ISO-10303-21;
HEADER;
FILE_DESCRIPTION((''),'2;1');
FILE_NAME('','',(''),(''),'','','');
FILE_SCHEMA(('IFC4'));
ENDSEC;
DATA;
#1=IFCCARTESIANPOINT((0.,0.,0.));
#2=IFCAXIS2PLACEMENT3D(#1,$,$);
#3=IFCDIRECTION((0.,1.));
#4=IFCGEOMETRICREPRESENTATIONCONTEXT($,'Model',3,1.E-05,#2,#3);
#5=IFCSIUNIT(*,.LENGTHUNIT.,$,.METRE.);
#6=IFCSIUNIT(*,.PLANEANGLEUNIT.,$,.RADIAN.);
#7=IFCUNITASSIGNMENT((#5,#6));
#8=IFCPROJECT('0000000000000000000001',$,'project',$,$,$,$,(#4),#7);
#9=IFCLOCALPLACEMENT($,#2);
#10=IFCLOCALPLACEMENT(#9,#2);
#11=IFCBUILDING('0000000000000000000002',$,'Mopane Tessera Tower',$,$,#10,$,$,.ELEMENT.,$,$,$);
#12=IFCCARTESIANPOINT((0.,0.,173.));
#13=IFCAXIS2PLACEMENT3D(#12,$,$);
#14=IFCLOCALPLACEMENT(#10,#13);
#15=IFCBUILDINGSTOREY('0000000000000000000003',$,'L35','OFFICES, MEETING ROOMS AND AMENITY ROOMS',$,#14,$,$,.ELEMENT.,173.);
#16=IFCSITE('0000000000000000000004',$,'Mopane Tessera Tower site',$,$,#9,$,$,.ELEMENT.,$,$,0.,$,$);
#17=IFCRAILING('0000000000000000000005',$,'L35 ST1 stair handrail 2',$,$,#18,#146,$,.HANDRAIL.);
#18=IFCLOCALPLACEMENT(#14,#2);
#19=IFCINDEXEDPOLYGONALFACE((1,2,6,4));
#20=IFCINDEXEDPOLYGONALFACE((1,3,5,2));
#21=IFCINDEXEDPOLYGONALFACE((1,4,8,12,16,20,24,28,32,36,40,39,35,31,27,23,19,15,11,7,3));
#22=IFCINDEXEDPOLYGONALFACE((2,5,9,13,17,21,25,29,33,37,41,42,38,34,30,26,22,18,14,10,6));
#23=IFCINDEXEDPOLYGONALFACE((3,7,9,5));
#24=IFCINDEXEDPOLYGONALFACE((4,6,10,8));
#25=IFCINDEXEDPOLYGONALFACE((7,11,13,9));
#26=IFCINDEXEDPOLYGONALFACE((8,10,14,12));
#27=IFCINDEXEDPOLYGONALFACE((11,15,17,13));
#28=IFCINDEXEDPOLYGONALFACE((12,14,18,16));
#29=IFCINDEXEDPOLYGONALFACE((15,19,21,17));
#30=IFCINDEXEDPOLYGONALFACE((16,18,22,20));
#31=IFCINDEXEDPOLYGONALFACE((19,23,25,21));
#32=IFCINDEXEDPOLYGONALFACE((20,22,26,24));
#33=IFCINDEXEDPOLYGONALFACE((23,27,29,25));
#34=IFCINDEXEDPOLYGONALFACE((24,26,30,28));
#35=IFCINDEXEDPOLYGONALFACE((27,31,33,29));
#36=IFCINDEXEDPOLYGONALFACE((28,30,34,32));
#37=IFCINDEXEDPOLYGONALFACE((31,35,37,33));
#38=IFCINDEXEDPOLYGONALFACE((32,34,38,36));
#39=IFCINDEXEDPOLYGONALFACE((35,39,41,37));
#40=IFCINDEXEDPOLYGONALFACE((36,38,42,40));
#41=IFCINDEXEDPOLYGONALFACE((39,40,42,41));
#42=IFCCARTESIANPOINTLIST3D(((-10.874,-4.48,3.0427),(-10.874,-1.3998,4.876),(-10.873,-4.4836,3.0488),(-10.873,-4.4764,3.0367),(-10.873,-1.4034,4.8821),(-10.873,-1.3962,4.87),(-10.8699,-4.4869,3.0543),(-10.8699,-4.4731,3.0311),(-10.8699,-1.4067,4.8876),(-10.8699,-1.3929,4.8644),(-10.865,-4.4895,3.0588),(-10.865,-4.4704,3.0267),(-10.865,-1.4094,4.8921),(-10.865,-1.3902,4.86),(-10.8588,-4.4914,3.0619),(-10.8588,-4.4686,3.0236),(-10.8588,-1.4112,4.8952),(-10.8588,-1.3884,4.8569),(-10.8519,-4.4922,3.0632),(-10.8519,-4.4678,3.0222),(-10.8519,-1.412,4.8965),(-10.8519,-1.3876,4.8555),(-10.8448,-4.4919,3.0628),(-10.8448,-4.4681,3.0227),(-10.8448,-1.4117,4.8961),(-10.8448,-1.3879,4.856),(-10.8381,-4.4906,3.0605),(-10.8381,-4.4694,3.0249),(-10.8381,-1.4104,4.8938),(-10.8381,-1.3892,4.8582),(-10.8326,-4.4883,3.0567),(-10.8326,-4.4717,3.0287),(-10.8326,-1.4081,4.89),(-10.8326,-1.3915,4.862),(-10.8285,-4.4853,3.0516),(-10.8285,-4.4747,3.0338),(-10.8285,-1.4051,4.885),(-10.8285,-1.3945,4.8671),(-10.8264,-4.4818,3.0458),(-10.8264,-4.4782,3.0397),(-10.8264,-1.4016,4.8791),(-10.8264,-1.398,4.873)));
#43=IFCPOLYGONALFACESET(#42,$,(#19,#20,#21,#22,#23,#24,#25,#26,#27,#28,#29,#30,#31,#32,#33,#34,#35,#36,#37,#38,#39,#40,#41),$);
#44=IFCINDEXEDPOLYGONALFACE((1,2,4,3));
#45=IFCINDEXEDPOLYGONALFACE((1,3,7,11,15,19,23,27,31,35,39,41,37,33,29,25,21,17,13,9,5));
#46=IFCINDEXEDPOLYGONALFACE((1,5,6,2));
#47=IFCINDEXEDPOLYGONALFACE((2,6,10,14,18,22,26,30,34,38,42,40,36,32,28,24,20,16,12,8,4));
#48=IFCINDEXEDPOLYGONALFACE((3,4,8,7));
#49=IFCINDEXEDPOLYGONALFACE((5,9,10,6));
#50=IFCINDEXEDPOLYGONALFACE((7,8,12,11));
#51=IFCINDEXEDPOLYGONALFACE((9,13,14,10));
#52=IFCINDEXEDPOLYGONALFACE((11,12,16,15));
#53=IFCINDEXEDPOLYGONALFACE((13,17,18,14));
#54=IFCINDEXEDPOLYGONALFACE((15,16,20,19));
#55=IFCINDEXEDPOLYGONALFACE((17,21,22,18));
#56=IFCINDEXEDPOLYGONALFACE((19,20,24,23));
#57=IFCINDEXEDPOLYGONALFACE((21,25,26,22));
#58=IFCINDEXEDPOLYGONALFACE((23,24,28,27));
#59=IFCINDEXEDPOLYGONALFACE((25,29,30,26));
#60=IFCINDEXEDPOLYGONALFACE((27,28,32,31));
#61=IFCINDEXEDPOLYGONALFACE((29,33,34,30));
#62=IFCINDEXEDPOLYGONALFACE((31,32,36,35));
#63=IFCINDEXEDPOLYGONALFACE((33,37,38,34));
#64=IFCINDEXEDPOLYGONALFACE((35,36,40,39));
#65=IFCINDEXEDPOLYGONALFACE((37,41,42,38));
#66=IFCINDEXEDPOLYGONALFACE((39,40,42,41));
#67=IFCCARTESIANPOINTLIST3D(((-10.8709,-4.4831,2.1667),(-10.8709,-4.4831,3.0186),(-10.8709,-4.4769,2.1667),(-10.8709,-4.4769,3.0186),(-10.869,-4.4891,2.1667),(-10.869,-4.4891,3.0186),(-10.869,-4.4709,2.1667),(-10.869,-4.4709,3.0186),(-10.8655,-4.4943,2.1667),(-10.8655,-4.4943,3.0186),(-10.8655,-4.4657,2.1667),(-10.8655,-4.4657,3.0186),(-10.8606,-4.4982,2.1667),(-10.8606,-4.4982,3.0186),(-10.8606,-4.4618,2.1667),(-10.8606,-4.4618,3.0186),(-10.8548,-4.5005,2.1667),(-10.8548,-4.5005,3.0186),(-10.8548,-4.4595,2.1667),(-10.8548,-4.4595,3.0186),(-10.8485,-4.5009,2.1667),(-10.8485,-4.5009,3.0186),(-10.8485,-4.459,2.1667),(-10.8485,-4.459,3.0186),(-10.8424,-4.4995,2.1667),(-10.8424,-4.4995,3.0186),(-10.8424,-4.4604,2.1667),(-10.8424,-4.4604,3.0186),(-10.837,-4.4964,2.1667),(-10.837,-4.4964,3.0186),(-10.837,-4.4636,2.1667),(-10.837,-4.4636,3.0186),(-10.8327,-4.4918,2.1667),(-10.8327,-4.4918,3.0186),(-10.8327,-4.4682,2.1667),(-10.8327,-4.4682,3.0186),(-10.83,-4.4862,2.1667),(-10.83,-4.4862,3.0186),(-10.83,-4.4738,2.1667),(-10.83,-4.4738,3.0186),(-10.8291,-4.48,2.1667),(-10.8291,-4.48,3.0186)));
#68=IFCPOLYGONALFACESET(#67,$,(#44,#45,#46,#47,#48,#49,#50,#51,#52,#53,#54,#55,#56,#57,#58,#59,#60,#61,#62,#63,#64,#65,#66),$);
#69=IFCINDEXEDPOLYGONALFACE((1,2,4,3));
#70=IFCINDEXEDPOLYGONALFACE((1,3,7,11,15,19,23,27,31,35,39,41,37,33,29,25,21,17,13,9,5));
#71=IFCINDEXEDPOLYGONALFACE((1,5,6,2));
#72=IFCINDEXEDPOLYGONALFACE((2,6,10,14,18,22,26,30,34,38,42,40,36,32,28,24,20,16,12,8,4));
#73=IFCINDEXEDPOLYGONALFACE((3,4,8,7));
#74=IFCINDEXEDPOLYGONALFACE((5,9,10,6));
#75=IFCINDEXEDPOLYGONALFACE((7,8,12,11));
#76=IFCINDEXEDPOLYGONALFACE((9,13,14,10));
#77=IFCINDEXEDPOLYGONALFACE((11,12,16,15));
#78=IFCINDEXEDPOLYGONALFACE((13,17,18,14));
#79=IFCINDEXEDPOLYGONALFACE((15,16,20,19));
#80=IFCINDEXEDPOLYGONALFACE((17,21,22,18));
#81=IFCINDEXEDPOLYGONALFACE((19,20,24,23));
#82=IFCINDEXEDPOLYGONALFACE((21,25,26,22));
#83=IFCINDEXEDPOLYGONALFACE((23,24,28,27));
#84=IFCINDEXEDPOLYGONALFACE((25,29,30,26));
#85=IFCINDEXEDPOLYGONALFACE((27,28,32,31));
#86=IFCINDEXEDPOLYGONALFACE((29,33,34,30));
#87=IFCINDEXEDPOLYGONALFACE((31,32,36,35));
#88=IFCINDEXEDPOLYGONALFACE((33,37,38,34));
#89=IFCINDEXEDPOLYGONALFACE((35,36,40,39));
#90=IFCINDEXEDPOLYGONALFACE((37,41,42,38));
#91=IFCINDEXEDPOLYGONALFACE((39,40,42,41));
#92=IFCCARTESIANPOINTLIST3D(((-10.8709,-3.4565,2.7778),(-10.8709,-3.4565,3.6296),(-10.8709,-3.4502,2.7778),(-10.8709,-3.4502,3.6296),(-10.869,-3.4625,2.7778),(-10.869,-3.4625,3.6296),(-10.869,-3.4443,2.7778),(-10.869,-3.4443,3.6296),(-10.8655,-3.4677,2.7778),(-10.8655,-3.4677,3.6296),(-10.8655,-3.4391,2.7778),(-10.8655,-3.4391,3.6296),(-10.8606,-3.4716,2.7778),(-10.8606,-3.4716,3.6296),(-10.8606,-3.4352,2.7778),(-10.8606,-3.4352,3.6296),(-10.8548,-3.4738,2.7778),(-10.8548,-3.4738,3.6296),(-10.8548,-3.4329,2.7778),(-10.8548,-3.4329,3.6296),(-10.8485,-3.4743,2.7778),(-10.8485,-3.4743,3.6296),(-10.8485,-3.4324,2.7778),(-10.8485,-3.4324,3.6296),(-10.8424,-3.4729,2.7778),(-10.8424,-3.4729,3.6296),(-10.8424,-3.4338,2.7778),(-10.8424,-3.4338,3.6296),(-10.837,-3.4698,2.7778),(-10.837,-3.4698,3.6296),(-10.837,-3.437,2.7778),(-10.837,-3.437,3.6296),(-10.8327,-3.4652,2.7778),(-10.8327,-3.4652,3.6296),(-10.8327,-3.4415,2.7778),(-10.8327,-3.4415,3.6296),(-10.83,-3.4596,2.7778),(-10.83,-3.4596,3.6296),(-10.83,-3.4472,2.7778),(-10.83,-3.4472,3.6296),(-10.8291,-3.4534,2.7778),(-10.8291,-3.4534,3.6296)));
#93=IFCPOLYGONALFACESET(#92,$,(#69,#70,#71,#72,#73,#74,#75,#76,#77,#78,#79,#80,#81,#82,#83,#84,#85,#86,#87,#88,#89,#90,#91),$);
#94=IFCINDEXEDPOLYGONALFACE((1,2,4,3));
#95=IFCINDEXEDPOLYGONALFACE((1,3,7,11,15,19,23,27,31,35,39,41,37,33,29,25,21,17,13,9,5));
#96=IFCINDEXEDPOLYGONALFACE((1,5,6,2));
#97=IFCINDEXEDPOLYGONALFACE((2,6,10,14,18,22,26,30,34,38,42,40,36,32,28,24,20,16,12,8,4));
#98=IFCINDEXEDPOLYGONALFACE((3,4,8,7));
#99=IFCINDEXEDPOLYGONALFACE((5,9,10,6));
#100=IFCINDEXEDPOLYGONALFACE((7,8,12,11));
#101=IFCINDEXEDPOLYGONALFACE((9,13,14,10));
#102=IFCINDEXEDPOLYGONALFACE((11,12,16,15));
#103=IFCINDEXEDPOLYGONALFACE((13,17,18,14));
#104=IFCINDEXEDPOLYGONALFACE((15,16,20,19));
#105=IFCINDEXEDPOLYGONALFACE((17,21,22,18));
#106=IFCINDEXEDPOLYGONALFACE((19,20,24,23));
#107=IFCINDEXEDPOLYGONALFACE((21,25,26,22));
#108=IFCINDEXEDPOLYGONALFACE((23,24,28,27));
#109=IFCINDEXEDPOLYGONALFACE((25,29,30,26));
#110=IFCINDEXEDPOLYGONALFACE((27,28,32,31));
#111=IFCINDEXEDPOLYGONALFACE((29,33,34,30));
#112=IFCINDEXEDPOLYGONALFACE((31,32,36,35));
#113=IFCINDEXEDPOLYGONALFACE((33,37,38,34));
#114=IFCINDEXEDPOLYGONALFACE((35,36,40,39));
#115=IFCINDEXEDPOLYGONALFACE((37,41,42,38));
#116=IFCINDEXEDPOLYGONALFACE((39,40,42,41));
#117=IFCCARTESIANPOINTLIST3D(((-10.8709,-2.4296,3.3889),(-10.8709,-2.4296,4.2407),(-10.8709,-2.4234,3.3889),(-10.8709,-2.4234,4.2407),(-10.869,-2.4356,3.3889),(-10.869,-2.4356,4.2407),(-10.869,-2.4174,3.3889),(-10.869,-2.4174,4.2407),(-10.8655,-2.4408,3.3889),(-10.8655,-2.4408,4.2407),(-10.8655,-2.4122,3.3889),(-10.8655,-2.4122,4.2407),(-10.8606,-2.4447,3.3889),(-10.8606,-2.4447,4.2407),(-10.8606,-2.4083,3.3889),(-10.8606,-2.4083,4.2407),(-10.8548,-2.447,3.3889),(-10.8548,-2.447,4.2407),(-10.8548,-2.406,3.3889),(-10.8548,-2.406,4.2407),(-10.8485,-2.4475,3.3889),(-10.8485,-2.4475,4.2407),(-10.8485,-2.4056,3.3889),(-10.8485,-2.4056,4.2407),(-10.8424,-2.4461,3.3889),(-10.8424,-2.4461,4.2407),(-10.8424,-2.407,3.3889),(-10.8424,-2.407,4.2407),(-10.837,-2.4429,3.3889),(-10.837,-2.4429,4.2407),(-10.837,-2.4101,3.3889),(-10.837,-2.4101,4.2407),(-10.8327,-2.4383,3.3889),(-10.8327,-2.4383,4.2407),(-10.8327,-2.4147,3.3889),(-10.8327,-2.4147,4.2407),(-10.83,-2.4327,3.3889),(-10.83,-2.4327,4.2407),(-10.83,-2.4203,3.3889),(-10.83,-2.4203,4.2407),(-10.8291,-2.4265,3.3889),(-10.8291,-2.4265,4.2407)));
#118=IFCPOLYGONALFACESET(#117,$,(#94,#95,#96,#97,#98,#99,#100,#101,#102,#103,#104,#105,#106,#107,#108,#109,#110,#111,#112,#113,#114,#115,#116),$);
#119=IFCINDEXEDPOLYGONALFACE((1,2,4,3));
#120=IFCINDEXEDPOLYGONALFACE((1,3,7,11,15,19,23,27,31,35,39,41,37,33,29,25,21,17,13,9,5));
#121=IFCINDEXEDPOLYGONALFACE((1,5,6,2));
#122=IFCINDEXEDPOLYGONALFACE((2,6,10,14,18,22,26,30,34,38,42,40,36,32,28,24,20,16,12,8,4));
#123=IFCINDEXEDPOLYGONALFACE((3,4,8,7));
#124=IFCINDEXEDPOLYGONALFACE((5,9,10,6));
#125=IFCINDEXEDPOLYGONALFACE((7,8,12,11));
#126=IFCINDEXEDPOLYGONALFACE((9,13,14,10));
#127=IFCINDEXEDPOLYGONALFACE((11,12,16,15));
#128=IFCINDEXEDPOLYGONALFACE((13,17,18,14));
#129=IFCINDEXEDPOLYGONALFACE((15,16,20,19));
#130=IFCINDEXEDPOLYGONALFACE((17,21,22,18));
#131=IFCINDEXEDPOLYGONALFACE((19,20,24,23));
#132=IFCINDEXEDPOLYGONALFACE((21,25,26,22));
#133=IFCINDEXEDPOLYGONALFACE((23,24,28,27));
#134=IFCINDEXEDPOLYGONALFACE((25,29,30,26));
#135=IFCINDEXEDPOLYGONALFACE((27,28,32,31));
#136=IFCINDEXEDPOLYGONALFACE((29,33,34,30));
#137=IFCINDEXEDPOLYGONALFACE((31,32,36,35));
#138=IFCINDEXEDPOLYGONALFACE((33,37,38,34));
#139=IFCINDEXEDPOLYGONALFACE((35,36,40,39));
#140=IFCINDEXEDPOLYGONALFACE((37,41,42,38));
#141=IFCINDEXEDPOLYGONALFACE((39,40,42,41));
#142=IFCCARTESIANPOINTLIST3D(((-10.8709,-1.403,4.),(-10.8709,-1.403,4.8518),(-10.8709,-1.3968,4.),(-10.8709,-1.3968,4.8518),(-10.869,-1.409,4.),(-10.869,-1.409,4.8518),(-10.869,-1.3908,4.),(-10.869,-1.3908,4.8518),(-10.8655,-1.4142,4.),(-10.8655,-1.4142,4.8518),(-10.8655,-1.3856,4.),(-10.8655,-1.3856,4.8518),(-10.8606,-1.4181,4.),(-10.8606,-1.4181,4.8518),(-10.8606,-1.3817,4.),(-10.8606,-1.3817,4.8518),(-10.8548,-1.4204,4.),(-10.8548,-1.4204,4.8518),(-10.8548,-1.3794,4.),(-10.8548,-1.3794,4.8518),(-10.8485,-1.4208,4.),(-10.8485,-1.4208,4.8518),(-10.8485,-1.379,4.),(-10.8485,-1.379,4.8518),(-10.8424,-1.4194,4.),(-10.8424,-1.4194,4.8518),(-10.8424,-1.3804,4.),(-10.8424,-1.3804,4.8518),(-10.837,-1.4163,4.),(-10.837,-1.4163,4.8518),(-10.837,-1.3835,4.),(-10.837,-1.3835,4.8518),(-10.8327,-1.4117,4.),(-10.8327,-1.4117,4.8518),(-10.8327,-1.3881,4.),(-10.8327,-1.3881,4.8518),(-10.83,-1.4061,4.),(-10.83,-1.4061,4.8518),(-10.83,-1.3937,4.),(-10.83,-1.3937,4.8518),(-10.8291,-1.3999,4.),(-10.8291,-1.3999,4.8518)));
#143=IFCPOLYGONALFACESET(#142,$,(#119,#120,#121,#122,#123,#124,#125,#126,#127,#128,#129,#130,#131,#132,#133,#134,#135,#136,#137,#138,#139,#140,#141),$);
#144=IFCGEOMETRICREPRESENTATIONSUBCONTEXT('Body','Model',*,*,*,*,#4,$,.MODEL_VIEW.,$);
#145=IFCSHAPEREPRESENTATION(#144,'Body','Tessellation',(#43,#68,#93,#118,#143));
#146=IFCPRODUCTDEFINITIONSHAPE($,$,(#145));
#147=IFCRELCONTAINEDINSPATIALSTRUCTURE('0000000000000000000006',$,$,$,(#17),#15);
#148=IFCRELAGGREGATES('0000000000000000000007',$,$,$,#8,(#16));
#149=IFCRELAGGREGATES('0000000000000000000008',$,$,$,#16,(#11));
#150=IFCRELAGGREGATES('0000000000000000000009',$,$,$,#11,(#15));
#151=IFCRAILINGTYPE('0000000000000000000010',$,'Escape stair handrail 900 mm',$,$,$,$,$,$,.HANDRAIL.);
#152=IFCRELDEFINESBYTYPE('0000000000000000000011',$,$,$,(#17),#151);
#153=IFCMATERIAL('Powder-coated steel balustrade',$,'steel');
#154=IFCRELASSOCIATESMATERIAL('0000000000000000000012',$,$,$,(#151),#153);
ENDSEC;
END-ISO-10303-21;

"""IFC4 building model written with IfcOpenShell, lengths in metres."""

from ifc_helpers import new_model, si_unit, direction, frame, origin, origin_2d, place, context, subcontext, project, spatial, circle, extrude, material, type_object, element, save


model = new_model("IFC4")

# Units and contexts
model_context = context("Model", 3, precision=1e-05, world=origin(), true_north=direction((0.0, 1.0)))
body_context = subcontext(model_context, "Body", "Model", "MODEL_VIEW")
ifc_project = project(units=[si_unit("LENGTHUNIT", "METRE"), si_unit("PLANEANGLEUNIT", "RADIAN")], contexts=[model_context])

# Site, building, storey
site_placement = place(None, origin())
site = spatial("IfcSite", under=ifc_project, at=site_placement, Name="Mopane Tessera Tower site", CompositionType="ELEMENT", RefElevation=0.0)
building_placement = place(site_placement, origin())
building = spatial("IfcBuilding", under=site, at=building_placement, Name="Mopane Tessera Tower", CompositionType="ELEMENT")
storey_placement = place(building_placement, frame((0.0, 0.0, 173.0)))
storey = spatial("IfcBuildingStorey", under=building, at=storey_placement, Name="L35", Description="OFFICES, MEETING ROOMS AND AMENITY ROOMS", CompositionType="ELEMENT", Elevation=173.0)

# Railing
ifc_material_1 = material(Name="Powder-coated steel balustrade", Category="steel")
railing_type_1 = type_object("IfcRailingType", Name="Escape stair handrail 900 mm", PredefinedType="HANDRAIL", material=ifc_material_1)
railing_1_placement = place(storey_placement, frame((-10.8501, -4.48, 2.1667)))
element("IfcRailing", 1, at=railing_1_placement, inside=storey, type_object=railing_type_1, Name="L35 ST1 stair handrail 2", PredefinedType="HANDRAIL", context=body_context, shape_type="SweptSolid", body=[
    extrude(circle(Radius=0.0239, at=origin_2d()), frame((0.0, 0.0, 0.876), z_axis=(0.0, 0.859309, 0.511458), x_axis=(-1.0, 0.0, 0.0)), (0.0, 0.0, 1.0), 3.5845),
    extrude(circle(Radius=0.021, at=origin_2d()), origin(), (0.0, 0.0, 1.0), 0.8518),
    extrude(circle(Radius=0.021, at=origin_2d()), frame((0.0, 1.0266, 0.6111)), (0.0, 0.0, 1.0), 0.8518),
    extrude(circle(Radius=0.021, at=origin_2d()), frame((0.0, 2.0535, 1.2222)), (0.0, 0.0, 1.0), 0.8518),
    extrude(circle(Radius=0.021, at=origin_2d()), frame((0.0, 3.0801, 1.8333)), (0.0, 0.0, 1.0), 0.8518),
])

save(model, "model.ifc")
